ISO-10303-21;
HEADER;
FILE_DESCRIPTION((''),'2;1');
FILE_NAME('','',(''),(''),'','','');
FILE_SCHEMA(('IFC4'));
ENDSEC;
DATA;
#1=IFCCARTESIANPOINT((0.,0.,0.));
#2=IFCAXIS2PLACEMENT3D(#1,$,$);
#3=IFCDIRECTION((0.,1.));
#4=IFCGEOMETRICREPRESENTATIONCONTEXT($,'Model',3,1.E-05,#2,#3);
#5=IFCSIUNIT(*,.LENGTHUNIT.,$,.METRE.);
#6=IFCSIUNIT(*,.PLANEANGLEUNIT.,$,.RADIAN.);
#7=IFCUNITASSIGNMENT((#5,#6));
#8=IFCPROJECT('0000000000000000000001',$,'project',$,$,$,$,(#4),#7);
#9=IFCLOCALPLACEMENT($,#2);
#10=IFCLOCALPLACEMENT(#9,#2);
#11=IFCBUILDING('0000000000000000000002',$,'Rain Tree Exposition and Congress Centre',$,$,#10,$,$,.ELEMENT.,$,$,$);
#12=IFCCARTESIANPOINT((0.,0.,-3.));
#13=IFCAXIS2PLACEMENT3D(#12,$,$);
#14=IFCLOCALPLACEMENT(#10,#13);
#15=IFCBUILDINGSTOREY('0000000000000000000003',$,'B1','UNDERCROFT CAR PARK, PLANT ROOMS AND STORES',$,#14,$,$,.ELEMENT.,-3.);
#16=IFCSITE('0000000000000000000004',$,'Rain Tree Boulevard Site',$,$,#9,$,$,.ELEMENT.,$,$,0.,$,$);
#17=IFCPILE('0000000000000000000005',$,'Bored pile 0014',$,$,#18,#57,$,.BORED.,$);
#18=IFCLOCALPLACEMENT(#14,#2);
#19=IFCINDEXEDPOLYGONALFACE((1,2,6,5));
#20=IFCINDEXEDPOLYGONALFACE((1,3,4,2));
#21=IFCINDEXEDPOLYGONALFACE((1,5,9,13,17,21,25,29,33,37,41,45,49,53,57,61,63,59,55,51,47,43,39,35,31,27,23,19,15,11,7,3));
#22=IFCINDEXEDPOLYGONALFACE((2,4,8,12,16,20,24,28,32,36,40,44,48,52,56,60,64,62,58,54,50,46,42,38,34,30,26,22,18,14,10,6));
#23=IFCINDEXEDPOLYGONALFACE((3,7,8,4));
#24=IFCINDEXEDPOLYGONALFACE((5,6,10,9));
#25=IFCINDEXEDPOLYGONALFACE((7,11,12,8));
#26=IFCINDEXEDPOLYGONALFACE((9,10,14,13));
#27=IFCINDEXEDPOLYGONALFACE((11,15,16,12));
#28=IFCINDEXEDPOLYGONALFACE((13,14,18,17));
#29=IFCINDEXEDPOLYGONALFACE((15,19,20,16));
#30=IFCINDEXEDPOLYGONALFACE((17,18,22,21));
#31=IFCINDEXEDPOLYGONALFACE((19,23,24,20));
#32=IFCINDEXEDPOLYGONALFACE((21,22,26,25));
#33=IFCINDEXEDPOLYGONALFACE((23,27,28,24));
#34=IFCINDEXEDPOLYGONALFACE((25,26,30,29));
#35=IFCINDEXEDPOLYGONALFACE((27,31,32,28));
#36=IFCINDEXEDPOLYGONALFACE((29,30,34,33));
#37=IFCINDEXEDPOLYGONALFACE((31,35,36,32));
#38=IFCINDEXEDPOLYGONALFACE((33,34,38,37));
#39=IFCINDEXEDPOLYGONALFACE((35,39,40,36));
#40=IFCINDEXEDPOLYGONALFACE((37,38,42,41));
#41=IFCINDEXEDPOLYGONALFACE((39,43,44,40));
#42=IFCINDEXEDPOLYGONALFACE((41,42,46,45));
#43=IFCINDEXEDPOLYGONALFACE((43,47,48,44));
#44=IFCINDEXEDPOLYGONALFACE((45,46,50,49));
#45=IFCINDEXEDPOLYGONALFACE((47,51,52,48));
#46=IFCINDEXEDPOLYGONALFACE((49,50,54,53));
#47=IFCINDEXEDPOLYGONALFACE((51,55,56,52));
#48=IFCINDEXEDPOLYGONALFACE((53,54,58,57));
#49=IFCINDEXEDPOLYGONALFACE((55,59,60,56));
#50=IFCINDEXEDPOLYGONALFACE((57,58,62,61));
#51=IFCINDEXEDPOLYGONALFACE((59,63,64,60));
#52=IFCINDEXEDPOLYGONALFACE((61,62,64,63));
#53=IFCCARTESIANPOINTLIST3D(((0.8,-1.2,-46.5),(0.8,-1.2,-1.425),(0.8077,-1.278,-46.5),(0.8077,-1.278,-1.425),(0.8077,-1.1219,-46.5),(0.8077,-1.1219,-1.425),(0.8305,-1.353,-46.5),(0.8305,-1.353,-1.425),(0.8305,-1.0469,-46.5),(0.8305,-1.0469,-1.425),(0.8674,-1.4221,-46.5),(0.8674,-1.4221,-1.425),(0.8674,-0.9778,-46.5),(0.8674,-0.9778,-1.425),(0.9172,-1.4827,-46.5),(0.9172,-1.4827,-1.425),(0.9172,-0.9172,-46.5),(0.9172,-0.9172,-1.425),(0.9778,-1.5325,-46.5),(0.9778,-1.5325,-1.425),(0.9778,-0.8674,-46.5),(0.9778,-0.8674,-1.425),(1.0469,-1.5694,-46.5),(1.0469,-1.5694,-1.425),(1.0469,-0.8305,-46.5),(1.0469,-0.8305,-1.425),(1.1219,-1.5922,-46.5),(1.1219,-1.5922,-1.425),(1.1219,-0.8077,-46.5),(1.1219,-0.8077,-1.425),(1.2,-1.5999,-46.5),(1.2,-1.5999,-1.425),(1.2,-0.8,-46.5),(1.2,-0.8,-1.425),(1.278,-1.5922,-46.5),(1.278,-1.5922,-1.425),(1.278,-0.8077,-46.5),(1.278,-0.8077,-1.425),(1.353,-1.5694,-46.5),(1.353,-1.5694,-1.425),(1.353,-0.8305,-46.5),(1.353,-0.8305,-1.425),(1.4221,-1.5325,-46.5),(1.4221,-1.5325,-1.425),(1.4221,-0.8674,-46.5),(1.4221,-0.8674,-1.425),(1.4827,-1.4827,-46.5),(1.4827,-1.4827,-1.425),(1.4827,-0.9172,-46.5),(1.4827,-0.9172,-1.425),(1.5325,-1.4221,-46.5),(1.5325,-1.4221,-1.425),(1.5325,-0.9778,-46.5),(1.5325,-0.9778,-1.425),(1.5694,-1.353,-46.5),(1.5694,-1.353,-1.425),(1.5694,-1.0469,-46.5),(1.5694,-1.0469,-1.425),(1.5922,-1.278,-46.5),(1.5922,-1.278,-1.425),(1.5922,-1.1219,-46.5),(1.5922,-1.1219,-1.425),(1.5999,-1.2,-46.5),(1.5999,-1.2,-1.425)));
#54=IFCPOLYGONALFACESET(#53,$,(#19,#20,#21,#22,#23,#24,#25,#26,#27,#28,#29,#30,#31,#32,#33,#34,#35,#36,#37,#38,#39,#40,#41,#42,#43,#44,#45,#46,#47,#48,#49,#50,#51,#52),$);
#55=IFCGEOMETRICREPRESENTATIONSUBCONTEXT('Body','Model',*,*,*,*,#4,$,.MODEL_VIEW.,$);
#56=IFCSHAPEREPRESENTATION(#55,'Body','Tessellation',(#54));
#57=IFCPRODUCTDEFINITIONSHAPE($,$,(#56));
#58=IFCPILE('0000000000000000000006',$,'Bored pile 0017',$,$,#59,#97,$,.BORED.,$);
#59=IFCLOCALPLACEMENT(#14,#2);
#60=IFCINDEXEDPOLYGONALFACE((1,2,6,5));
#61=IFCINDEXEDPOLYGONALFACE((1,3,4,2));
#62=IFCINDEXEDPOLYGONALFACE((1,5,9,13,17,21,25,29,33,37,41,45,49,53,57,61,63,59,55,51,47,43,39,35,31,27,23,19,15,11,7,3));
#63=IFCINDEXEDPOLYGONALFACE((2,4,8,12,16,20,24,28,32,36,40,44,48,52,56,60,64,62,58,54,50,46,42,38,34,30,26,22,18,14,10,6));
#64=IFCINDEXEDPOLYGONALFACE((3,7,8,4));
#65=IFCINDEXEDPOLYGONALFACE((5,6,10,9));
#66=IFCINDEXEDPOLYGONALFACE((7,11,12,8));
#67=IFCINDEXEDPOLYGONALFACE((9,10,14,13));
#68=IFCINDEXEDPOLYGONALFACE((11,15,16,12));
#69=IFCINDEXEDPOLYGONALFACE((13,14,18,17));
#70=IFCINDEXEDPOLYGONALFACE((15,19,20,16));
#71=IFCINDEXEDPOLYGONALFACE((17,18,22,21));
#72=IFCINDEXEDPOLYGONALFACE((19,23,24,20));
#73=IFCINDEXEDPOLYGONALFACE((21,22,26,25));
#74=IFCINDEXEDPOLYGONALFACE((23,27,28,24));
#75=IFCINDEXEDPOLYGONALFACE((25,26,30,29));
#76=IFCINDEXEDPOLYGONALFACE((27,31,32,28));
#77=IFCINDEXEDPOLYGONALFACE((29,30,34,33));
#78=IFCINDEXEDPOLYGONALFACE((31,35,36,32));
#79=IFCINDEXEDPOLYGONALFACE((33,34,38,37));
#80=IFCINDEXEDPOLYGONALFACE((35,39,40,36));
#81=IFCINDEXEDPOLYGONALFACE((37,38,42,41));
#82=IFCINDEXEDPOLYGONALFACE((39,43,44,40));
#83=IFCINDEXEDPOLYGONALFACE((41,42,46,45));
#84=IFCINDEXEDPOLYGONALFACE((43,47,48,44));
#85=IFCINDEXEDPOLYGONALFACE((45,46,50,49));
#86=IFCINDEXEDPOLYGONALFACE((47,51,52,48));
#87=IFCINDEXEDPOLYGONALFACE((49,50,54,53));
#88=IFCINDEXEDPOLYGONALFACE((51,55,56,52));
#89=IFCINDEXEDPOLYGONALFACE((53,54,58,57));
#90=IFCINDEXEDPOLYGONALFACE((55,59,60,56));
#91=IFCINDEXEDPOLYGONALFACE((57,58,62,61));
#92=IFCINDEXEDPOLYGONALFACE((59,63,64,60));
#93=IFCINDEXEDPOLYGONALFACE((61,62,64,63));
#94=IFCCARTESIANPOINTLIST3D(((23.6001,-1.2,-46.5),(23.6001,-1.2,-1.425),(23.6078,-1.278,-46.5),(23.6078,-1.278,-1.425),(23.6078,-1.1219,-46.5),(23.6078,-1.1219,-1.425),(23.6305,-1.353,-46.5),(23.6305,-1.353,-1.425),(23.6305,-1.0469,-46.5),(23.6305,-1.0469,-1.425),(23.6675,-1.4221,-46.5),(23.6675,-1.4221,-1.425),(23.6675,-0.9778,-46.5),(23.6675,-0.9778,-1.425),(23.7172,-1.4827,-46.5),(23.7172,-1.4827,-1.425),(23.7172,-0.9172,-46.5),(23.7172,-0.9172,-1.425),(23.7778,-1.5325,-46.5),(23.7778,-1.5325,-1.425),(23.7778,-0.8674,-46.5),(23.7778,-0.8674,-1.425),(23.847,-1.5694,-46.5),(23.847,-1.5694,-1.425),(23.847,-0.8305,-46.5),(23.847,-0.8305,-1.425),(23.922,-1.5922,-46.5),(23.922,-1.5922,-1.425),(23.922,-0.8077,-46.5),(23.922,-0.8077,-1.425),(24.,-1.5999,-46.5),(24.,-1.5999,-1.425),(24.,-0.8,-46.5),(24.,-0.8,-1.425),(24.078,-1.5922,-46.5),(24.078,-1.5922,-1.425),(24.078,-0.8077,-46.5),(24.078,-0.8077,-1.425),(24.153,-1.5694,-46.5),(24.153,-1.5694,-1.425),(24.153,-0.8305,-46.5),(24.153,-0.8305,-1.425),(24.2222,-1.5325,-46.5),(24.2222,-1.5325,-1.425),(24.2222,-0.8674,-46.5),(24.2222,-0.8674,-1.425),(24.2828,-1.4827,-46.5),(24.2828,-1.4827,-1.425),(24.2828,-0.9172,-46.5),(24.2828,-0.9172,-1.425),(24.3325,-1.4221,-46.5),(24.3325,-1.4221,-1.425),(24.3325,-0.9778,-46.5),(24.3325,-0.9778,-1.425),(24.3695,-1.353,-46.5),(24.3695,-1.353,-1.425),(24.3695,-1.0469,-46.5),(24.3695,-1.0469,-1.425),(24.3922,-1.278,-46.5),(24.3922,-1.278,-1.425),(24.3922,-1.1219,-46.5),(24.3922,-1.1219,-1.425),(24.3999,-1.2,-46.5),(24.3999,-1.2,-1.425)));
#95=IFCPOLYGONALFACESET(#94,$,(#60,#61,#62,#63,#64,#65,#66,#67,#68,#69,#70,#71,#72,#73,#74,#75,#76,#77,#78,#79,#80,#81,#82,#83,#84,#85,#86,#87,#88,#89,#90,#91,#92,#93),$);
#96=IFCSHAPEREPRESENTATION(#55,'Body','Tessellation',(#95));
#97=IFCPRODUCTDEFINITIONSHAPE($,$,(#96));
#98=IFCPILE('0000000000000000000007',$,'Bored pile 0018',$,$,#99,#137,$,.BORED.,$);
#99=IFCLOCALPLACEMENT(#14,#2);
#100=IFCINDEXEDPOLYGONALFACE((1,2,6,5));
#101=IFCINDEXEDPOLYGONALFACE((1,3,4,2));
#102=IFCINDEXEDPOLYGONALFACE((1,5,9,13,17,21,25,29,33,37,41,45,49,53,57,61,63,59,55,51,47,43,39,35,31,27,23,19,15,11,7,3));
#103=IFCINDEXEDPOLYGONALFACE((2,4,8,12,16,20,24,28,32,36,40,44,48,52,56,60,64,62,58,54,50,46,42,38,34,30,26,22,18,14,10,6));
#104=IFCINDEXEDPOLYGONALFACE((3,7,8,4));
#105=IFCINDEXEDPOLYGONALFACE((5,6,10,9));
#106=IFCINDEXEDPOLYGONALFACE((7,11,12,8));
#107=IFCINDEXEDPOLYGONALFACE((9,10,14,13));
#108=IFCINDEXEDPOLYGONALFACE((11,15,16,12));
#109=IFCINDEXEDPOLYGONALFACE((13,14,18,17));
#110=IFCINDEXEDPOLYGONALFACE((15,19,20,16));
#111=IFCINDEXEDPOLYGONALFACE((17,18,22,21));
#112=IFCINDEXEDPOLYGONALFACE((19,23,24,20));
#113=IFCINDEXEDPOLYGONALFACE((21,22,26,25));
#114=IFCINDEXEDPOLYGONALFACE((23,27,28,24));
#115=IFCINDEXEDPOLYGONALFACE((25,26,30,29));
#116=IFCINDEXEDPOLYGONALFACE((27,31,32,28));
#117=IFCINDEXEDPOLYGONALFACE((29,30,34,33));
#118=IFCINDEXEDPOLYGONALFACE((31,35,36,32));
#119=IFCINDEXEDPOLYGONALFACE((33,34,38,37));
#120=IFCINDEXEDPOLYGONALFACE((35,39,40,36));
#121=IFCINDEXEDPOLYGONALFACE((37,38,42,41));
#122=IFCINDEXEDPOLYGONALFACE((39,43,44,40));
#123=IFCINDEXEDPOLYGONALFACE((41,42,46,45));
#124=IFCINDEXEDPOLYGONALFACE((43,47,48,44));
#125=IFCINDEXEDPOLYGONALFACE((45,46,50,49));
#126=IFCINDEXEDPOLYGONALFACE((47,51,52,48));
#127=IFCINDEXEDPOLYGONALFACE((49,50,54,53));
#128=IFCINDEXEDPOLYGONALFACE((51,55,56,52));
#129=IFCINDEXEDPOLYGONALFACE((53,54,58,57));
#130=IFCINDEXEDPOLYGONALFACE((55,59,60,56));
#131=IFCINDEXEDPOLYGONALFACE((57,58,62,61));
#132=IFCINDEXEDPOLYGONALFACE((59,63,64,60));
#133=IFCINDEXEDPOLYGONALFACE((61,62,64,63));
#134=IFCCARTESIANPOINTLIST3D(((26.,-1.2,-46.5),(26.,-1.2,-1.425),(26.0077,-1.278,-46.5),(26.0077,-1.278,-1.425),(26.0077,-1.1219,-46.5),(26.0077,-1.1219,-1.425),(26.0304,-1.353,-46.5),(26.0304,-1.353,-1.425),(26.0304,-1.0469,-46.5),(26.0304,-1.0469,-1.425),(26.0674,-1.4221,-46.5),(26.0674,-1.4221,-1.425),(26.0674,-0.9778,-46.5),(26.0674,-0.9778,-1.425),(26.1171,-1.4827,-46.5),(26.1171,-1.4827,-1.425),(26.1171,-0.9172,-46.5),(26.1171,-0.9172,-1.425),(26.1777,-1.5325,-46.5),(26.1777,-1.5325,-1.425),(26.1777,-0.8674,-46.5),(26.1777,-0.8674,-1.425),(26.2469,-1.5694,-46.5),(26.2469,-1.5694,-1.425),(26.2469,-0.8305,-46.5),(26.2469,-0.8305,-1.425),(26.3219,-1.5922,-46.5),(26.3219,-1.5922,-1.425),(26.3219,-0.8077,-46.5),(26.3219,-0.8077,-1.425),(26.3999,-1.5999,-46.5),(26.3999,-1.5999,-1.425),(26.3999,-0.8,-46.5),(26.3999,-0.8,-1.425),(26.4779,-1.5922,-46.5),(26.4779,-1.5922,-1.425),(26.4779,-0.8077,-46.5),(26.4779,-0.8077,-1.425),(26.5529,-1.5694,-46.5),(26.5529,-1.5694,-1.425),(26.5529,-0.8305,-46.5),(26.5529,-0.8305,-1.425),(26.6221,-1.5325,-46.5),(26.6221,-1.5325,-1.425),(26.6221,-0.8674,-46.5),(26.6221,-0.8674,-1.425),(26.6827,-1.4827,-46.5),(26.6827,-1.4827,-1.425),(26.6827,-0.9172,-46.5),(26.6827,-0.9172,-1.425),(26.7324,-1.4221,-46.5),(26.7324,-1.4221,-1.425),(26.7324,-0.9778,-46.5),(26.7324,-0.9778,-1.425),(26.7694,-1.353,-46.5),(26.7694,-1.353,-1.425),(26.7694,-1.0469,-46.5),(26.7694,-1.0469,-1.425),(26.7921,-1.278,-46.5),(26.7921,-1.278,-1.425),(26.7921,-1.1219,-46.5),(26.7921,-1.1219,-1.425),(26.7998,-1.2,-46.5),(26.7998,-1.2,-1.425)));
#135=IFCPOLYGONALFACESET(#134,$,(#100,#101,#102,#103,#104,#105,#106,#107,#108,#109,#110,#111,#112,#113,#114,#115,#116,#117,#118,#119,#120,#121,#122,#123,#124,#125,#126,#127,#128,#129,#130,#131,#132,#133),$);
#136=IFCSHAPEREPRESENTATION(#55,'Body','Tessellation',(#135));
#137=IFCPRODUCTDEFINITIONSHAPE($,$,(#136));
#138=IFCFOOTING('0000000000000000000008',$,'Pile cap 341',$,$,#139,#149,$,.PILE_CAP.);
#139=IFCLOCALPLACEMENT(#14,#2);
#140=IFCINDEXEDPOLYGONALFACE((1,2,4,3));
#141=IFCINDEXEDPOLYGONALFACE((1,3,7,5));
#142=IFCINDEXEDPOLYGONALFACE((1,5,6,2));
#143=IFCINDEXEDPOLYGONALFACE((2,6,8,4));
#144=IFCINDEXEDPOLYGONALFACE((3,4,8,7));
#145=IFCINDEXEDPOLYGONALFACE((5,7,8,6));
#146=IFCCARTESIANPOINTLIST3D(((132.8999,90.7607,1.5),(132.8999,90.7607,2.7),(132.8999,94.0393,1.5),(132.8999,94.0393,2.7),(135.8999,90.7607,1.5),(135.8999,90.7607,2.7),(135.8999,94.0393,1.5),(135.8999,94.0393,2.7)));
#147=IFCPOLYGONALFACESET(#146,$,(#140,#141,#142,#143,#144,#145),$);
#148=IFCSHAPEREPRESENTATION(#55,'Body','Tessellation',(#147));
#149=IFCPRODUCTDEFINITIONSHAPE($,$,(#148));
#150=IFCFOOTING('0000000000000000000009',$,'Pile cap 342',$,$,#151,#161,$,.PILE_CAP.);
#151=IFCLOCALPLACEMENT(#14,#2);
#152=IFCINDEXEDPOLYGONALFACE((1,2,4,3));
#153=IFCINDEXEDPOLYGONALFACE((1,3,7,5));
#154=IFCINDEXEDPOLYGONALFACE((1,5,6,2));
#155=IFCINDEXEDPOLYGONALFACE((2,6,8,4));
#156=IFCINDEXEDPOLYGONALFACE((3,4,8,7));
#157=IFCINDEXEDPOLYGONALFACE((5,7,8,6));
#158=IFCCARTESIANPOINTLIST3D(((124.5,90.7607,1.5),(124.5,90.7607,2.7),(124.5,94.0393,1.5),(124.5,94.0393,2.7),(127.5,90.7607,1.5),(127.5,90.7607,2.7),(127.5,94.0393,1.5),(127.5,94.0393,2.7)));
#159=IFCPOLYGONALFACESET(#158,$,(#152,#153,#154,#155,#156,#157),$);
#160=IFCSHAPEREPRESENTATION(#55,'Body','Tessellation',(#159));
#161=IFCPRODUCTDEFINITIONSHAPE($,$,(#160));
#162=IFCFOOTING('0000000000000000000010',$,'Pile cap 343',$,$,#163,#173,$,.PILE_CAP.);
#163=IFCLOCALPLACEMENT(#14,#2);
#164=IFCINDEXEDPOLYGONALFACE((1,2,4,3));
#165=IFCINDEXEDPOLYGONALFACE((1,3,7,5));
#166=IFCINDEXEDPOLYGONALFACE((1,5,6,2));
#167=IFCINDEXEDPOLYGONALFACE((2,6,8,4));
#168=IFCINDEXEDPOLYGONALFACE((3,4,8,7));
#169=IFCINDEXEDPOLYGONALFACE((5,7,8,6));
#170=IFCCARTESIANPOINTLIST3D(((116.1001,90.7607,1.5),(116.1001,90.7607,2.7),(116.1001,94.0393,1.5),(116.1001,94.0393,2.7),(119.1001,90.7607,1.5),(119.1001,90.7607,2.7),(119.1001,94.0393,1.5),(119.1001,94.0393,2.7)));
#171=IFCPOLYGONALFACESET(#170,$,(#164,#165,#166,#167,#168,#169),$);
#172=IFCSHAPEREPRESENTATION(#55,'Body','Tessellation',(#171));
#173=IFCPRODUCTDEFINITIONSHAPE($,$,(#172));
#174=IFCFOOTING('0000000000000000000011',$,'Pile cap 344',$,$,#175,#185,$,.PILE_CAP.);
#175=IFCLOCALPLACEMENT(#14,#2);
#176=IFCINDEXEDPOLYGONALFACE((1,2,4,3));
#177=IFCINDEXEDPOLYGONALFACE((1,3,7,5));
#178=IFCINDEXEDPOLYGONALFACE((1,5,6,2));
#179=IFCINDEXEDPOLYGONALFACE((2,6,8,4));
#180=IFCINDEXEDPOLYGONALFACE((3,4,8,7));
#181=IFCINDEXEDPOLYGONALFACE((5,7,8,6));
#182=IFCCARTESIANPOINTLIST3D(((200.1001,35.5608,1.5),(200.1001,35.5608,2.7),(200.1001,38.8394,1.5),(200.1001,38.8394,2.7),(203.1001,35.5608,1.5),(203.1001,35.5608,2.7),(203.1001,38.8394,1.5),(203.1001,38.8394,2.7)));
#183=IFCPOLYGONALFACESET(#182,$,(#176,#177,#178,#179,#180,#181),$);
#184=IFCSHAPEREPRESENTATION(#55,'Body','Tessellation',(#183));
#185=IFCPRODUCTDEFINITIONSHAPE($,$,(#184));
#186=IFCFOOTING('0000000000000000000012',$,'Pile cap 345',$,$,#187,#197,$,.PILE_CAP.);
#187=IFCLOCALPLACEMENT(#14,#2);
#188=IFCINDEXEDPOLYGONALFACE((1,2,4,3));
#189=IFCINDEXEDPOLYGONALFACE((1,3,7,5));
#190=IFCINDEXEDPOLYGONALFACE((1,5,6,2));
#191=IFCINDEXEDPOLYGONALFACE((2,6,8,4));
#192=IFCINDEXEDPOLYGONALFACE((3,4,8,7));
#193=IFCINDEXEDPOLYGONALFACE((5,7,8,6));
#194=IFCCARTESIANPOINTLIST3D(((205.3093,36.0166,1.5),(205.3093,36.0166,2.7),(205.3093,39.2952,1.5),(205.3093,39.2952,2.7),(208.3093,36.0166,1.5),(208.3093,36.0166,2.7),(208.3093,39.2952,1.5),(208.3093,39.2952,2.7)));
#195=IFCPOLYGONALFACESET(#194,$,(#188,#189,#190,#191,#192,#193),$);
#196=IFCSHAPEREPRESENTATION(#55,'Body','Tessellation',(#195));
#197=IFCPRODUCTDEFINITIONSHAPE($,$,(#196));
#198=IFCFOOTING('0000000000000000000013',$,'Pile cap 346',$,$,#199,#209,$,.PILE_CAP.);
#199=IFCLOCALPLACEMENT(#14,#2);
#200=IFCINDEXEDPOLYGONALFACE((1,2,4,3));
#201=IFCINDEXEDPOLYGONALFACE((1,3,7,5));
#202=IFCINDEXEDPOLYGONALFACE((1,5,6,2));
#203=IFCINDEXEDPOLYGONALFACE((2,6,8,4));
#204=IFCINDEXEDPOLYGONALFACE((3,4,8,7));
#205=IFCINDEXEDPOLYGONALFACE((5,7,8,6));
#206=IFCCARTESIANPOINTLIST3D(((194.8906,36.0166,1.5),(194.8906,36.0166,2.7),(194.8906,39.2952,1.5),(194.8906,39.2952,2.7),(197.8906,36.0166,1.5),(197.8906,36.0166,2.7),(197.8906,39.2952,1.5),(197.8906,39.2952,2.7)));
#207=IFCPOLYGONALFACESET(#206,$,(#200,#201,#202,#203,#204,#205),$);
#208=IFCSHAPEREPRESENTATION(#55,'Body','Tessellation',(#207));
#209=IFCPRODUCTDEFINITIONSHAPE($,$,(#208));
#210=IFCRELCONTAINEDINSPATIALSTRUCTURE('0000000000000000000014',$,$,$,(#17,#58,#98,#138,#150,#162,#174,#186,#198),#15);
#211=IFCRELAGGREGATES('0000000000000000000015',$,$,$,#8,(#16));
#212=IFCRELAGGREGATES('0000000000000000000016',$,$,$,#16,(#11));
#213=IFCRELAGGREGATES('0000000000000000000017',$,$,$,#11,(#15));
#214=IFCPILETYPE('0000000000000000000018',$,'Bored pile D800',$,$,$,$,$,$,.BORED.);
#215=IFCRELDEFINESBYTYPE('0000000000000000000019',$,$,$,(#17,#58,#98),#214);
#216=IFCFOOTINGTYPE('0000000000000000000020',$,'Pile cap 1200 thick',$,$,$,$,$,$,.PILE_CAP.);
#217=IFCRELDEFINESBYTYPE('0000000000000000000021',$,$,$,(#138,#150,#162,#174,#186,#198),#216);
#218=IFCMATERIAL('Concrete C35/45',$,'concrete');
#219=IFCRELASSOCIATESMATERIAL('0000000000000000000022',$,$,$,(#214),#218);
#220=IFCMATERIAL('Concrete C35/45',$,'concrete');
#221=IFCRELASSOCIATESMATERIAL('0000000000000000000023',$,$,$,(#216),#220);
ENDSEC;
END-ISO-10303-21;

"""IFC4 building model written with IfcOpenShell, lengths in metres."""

from ifc_helpers import new_model, si_unit, direction, frame, origin, origin_2d, place, context, subcontext, project, spatial, polyline, circle, outline, extrude, material, material_profile, profile_set, type_object, element, save


model = new_model("IFC4")

# Units and contexts
model_context = context("Model", 3, precision=1e-05, world=origin(), true_north=direction((0.0, 1.0)))
body_context = subcontext(model_context, "Body", "Model", "MODEL_VIEW")
ifc_project = project(units=[si_unit("LENGTHUNIT", "METRE"), si_unit("PLANEANGLEUNIT", "RADIAN")], contexts=[model_context])

# Site, building, storey
site_placement = place(None, origin())
site = spatial("IfcSite", under=ifc_project, at=site_placement, Name="Rain Tree Boulevard Site", CompositionType="ELEMENT", RefElevation=0.0)
building_placement = place(site_placement, origin())
building = spatial("IfcBuilding", under=site, at=building_placement, Name="Rain Tree Exposition and Congress Centre", CompositionType="ELEMENT")
storey_placement = place(building_placement, frame((0.0, 0.0, -3.0)))
storey = spatial("IfcBuildingStorey", under=building, at=storey_placement, Name="B1", Description="UNDERCROFT CAR PARK, PLANT ROOMS AND STORES", CompositionType="ELEMENT", Elevation=-3.0)

# Piles
ifc_material_1 = material(Name="Concrete C35/45", Category="concrete")
ifc_material_profile = material_profile(ifc_material_1, circle(Radius=0.3999, at=origin_2d()), Name="D800")
ifc_profile_set = profile_set([ifc_material_profile], Name="Concrete C35/45")
pile_type = type_object("IfcPileType", Name="Bored pile D800", PredefinedType="BORED", material=ifc_profile_set)
for number, where, z_axis, x_axis, name in (
    (1, (1.2, -1.2, -1.425), (0.0, 0.0, -1.0), (1.0, 0.0, 0.0), "Bored pile 0014"),
    (2, (24.0, -1.2, -1.425), (0.0, 0.0, -1.0), (1.0, 0.0, 0.0), "Bored pile 0017"),
    (3, (26.3999, -1.2, -1.425), (0.0, 0.0, -1.0), (1.0, 0.0, 0.0), "Bored pile 0018"),
):
    element("IfcPile", number, at=place(storey_placement, frame(where, z_axis=z_axis, x_axis=x_axis)), inside=storey, type_object=pile_type, Name=name, PredefinedType="BORED", context=body_context, shape_type="SweptSolid", body=[
        extrude(circle(Radius=0.3999, at=origin_2d()), origin(), (0.0, 0.0, 1.0), 45.075),
    ])

# Footings
ifc_material_2 = material(Name="Concrete C35/45", Category="concrete")
footing_type_1 = type_object("IfcFootingType", Name="Pile cap 1200 thick", PredefinedType="PILE_CAP", material=ifc_material_2)
footing_1_placement = place(storey_placement, frame((0.0, 0.0, 1.5)))
element("IfcFooting", 4, at=footing_1_placement, inside=storey, type_object=footing_type_1, Name="Pile cap 341", PredefinedType="PILE_CAP", context=body_context, shape_type="SweptSolid", body=[
    extrude(outline(polyline([(135.8999, 90.7607), (135.8999, 94.0393), (132.8999, 94.0393), (132.8999, 90.7607), (135.8999, 90.7607)])), origin(), (0.0, 0.0, 1.0), 1.2),
])
footing_2_placement = place(storey_placement, frame((0.0, 0.0, 1.5)))
element("IfcFooting", 5, at=footing_2_placement, inside=storey, type_object=footing_type_1, Name="Pile cap 342", PredefinedType="PILE_CAP", context=body_context, shape_type="SweptSolid", body=[
    extrude(outline(polyline([(127.5, 90.7607), (127.5, 94.0393), (124.5, 94.0393), (124.5, 90.7607), (127.5, 90.7607)])), origin(), (0.0, 0.0, 1.0), 1.2),
])
footing_3_placement = place(storey_placement, frame((0.0, 0.0, 1.5)))
element("IfcFooting", 6, at=footing_3_placement, inside=storey, type_object=footing_type_1, Name="Pile cap 343", PredefinedType="PILE_CAP", context=body_context, shape_type="SweptSolid", body=[
    extrude(outline(polyline([(119.1001, 90.7607), (119.1001, 94.0393), (116.1001, 94.0393), (116.1001, 90.7607), (119.1001, 90.7607)])), origin(), (0.0, 0.0, 1.0), 1.2),
])
footing_4_placement = place(storey_placement, frame((0.0, 0.0, 1.5)))
element("IfcFooting", 7, at=footing_4_placement, inside=storey, type_object=footing_type_1, Name="Pile cap 344", PredefinedType="PILE_CAP", context=body_context, shape_type="SweptSolid", body=[
    extrude(outline(polyline([(203.1001, 35.5608), (203.1001, 38.8394), (200.1001, 38.8394), (200.1001, 35.5608), (203.1001, 35.5608)])), origin(), (0.0, 0.0, 1.0), 1.2),
])
footing_5_placement = place(storey_placement, frame((0.0, 0.0, 1.5)))
element("IfcFooting", 8, at=footing_5_placement, inside=storey, type_object=footing_type_1, Name="Pile cap 345", PredefinedType="PILE_CAP", context=body_context, shape_type="SweptSolid", body=[
    extrude(outline(polyline([(208.3093, 36.0166), (208.3093, 39.2952), (205.3093, 39.2952), (205.3093, 36.0166), (208.3093, 36.0166)])), origin(), (0.0, 0.0, 1.0), 1.2),
])
footing_6_placement = place(storey_placement, frame((0.0, 0.0, 1.5)))
element("IfcFooting", 9, at=footing_6_placement, inside=storey, type_object=footing_type_1, Name="Pile cap 346", PredefinedType="PILE_CAP", context=body_context, shape_type="SweptSolid", body=[
    extrude(outline(polyline([(197.8906, 36.0166), (197.8906, 39.2952), (194.8906, 39.2952), (194.8906, 36.0166), (197.8906, 36.0166)])), origin(), (0.0, 0.0, 1.0), 1.2),
])

save(model, "model.ifc")
